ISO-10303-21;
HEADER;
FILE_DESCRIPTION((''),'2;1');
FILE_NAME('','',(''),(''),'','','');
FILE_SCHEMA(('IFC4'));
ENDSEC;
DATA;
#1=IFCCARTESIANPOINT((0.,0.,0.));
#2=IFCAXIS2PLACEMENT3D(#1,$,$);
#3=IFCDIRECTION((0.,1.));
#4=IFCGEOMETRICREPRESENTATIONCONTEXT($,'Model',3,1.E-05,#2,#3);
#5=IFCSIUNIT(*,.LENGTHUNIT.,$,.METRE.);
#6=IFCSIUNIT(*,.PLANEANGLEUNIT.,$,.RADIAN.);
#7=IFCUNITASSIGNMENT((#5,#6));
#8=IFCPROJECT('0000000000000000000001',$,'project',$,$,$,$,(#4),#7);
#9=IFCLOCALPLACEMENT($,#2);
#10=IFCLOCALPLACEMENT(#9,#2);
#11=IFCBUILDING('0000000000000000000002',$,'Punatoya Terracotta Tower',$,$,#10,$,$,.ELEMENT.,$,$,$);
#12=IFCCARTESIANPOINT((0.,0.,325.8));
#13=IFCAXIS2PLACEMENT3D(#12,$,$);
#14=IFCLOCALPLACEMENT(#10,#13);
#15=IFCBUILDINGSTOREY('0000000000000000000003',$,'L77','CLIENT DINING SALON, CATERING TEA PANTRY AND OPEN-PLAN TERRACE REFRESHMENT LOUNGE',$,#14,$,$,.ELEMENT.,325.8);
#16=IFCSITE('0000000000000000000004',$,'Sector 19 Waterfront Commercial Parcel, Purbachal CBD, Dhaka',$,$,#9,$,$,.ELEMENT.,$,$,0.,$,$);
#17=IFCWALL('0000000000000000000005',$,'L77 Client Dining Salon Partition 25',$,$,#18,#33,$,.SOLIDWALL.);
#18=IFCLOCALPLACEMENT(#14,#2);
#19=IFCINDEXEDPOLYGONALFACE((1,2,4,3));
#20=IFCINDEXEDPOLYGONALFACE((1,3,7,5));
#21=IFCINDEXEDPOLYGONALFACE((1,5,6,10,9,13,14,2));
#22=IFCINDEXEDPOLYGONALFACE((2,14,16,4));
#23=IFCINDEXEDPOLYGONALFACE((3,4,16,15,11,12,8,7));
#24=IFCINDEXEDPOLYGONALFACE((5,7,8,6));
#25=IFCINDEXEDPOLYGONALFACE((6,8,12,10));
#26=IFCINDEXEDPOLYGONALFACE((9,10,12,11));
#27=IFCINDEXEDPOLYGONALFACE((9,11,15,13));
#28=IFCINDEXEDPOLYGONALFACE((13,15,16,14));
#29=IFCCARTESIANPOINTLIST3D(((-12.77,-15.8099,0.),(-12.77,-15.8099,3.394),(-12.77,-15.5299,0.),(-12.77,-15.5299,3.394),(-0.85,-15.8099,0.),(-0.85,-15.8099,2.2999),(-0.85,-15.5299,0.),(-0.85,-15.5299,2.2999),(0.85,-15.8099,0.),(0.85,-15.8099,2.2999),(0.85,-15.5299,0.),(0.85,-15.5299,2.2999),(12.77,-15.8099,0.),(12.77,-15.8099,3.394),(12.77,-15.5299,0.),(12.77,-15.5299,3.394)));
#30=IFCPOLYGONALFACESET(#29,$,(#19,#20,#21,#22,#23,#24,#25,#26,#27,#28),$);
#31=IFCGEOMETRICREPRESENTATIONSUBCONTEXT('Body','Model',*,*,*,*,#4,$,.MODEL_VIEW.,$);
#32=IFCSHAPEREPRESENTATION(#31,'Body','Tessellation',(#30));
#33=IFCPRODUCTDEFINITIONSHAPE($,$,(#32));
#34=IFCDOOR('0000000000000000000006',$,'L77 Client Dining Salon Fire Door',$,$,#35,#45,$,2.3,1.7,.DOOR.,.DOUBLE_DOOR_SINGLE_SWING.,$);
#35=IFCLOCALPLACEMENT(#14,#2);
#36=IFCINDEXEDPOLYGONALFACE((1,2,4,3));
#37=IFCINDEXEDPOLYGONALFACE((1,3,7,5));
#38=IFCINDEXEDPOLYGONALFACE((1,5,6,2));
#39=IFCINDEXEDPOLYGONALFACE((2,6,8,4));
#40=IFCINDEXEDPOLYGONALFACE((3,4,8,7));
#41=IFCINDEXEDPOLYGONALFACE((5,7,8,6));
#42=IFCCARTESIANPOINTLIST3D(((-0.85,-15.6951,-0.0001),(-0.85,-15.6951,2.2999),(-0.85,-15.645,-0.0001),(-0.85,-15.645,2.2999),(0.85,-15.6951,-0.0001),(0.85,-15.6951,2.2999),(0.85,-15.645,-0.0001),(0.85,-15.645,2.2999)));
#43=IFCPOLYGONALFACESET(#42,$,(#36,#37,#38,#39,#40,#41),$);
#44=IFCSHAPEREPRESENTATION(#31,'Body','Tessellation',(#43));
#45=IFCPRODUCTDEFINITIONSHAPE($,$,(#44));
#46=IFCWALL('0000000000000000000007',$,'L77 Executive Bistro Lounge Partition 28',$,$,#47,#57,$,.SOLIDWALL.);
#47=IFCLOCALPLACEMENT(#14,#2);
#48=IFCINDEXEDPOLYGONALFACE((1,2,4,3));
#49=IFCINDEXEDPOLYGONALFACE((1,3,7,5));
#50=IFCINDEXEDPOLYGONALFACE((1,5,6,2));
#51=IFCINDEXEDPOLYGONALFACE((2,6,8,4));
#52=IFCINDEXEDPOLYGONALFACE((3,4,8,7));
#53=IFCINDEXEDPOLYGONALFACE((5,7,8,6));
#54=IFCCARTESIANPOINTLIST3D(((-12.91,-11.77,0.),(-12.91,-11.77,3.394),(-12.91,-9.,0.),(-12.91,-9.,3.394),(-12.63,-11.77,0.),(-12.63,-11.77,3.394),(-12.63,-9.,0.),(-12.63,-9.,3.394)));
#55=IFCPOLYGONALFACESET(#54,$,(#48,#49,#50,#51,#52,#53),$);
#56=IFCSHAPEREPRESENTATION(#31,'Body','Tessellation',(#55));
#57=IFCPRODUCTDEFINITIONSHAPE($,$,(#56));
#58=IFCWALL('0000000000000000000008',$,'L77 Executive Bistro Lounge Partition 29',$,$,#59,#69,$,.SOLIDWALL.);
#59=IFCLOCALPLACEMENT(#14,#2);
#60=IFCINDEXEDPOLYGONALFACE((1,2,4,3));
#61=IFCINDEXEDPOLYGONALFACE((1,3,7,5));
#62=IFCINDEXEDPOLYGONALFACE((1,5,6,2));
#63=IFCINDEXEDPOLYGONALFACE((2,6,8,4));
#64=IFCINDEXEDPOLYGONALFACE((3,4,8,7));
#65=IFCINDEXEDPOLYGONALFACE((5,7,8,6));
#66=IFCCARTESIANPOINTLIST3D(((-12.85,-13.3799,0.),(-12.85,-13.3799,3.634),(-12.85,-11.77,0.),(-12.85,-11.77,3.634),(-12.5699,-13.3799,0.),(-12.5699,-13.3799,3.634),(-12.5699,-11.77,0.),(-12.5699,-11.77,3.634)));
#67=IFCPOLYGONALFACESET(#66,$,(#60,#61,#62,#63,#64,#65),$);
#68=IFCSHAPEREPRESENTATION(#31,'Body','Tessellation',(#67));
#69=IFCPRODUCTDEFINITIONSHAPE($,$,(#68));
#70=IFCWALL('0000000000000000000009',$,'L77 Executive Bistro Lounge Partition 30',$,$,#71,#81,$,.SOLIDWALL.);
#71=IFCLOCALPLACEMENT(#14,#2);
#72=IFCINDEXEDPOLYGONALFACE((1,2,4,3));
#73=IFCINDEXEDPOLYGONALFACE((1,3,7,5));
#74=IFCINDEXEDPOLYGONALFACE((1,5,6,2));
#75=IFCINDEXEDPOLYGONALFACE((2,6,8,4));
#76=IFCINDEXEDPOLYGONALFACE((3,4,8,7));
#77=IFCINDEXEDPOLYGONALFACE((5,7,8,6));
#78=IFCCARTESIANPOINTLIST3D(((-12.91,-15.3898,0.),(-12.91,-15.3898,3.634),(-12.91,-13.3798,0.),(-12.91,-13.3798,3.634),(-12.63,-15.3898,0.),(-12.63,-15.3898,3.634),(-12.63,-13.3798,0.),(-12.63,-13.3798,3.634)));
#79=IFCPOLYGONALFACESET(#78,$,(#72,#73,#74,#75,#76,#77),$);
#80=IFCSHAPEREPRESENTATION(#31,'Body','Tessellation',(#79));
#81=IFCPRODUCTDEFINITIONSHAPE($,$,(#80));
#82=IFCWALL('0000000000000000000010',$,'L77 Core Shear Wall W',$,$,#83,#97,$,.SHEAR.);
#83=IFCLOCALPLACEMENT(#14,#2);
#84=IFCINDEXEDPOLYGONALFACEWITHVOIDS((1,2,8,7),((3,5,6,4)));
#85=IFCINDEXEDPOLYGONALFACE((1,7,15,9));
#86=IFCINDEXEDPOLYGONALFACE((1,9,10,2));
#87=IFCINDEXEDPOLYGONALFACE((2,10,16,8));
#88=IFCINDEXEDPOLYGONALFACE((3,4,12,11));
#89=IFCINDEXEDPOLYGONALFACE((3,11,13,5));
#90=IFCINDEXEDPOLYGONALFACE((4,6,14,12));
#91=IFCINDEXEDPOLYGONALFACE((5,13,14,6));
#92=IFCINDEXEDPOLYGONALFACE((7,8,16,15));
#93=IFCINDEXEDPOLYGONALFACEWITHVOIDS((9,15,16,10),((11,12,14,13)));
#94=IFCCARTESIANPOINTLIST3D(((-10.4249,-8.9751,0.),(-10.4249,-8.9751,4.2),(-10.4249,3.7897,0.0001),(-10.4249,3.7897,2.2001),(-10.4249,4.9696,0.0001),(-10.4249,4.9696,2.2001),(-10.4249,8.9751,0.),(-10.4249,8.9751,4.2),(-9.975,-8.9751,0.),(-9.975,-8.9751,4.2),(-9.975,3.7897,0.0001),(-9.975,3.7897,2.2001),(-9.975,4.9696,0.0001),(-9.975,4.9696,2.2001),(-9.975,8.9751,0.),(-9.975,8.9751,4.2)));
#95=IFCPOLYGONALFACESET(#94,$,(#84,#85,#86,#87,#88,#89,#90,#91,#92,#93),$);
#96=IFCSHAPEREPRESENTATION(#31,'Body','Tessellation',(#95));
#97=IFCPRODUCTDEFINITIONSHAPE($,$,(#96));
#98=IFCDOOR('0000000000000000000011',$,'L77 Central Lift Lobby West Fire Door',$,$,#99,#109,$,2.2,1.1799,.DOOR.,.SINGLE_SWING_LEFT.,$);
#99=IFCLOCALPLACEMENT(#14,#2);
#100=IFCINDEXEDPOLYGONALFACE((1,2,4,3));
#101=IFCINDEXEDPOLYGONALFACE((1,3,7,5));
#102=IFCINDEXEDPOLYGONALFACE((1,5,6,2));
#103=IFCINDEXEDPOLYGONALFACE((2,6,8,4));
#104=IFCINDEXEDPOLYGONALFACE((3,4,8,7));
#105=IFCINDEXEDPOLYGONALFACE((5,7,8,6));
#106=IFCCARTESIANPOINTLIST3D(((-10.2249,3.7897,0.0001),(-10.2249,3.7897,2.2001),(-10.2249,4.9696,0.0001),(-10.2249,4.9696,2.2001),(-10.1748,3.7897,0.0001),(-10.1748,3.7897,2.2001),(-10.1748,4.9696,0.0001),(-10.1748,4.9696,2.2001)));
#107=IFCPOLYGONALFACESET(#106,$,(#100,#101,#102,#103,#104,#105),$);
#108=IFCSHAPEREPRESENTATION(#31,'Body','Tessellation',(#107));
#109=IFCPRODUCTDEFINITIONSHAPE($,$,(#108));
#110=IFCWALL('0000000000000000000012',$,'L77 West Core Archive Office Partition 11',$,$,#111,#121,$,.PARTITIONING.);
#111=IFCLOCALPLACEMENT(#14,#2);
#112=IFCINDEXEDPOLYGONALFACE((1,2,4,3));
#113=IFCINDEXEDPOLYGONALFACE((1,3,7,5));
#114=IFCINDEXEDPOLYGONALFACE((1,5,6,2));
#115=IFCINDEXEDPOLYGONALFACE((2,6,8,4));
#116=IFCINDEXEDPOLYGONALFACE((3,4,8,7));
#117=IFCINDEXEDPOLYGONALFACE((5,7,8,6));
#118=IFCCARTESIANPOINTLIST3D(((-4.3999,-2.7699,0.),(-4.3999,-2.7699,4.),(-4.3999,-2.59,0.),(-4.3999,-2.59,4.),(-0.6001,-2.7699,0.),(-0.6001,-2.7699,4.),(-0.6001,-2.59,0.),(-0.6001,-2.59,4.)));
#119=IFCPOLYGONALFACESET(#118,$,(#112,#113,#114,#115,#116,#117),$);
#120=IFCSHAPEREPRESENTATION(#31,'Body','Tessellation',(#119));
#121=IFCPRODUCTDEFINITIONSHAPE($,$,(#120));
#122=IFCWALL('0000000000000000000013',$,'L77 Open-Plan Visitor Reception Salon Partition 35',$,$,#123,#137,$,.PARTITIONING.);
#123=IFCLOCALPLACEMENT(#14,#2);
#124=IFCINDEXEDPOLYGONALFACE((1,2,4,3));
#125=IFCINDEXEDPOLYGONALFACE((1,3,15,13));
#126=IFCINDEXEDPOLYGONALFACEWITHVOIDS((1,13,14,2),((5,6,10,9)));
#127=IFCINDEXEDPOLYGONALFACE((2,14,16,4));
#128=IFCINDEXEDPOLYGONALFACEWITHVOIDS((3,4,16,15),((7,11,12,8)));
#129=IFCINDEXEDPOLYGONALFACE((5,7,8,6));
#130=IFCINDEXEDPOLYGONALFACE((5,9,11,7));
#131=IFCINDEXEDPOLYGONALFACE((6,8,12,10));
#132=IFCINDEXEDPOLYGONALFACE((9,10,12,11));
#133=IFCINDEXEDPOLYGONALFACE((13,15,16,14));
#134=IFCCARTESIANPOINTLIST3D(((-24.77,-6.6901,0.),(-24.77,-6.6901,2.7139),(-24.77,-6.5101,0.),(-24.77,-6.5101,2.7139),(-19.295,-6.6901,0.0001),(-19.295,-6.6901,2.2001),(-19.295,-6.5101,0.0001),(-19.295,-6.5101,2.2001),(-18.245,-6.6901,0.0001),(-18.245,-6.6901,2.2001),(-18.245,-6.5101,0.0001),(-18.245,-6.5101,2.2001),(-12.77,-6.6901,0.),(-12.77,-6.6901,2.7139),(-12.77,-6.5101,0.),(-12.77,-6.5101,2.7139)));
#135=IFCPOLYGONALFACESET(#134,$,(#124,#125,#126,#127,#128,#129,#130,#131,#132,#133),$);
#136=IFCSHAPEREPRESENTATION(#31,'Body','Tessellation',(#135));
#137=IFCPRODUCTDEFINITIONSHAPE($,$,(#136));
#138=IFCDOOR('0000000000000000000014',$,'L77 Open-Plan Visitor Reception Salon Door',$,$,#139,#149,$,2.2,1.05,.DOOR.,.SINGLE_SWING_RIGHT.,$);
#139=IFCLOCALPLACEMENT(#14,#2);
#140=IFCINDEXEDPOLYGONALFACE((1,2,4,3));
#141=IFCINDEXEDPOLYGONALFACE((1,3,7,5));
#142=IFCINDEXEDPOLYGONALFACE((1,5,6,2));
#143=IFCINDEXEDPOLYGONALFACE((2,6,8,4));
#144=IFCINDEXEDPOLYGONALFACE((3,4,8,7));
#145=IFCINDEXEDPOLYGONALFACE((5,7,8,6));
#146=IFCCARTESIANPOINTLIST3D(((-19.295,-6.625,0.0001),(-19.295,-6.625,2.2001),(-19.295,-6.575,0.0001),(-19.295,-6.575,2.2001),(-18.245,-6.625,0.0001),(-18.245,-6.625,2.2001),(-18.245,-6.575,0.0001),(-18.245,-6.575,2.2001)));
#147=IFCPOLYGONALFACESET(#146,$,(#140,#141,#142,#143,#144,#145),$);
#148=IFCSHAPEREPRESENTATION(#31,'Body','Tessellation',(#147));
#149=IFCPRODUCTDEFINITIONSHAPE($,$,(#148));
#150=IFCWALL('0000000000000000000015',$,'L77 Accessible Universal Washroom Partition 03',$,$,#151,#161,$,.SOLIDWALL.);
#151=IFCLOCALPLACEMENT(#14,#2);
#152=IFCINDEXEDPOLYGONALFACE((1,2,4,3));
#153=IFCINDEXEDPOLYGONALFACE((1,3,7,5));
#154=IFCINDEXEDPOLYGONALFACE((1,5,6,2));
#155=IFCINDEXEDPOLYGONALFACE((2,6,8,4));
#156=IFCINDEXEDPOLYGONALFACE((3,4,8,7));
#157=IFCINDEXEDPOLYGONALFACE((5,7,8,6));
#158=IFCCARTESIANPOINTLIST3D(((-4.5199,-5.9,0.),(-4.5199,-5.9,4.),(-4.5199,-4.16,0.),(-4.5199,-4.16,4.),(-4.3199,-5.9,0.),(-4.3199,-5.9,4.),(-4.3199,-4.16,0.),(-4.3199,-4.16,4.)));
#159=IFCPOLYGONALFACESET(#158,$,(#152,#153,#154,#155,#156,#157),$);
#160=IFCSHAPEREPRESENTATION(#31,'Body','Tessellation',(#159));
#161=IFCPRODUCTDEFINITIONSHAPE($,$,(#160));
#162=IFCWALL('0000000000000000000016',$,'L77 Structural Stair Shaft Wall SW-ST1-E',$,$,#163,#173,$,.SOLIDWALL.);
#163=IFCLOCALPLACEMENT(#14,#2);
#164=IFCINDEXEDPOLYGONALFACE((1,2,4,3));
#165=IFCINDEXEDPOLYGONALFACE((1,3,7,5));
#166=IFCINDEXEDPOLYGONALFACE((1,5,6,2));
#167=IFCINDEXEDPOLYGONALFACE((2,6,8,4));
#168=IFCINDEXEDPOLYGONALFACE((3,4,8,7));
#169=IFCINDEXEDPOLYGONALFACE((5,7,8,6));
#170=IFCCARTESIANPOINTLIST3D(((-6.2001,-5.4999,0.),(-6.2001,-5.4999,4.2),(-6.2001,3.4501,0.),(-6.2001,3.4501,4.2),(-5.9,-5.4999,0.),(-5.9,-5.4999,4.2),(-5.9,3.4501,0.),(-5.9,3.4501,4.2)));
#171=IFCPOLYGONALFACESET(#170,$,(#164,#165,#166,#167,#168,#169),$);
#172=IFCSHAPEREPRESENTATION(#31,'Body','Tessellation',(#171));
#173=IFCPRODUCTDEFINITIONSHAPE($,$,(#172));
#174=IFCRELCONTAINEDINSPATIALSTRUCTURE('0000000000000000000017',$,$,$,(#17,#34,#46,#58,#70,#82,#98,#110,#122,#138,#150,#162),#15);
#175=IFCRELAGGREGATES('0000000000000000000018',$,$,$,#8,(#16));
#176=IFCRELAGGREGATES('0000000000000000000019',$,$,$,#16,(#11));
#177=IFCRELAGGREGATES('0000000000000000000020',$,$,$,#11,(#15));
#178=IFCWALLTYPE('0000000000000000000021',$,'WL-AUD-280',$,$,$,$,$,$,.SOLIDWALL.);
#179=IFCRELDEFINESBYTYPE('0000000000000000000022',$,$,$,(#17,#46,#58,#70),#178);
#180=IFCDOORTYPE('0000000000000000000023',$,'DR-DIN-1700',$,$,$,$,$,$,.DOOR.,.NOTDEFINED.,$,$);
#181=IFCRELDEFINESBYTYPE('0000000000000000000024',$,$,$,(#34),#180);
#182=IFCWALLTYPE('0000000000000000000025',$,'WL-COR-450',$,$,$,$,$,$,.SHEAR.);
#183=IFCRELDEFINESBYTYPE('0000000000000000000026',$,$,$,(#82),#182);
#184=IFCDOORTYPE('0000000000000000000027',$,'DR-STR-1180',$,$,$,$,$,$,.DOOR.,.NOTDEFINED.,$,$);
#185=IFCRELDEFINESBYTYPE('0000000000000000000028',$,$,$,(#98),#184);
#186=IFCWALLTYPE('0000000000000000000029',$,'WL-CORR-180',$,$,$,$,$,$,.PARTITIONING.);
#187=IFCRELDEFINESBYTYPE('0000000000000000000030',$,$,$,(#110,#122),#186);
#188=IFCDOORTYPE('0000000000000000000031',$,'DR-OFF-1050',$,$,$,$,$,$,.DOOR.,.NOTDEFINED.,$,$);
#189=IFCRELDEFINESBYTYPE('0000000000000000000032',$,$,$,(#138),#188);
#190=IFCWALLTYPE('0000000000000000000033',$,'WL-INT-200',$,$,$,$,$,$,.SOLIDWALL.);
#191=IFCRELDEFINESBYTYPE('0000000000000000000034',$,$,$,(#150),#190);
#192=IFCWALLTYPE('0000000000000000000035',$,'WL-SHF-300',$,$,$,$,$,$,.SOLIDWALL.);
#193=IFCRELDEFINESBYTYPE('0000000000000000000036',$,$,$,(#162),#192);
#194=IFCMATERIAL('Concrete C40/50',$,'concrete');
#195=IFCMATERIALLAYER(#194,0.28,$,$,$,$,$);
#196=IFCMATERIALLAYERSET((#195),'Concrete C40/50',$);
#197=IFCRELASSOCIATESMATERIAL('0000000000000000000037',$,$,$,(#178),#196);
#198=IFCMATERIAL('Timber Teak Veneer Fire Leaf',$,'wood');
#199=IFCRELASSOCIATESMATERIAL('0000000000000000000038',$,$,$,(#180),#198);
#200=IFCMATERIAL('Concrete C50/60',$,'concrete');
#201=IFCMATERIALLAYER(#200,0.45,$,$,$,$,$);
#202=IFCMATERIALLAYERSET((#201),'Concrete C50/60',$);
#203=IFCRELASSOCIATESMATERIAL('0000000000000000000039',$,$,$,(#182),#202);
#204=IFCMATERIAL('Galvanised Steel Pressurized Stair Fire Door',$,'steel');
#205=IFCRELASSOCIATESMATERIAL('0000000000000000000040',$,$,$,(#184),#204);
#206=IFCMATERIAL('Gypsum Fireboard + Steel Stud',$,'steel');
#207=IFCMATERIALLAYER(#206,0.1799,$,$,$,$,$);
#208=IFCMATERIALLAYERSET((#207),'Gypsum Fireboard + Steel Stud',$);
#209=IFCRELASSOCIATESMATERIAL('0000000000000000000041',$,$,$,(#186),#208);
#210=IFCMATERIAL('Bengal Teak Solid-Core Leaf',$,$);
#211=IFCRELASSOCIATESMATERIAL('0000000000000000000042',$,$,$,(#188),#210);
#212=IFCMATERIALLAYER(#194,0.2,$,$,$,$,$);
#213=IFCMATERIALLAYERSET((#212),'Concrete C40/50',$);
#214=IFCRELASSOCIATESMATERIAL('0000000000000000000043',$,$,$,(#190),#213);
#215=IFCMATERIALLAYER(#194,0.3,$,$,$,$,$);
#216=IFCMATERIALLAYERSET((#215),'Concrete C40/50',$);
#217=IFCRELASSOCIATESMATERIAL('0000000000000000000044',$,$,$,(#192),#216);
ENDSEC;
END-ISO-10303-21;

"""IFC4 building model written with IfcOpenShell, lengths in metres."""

from ifc_helpers import new_model, si_unit, direction, frame, frame_2d, origin, place, context, subcontext, project, spatial, rectangle, extrude, material, layer, layer_set, type_object, element, fill, save


model = new_model("IFC4")

# Units and contexts
model_context = context("Model", 3, precision=1e-05, world=origin(), true_north=direction((0.0, 1.0)))
body_context = subcontext(model_context, "Body", "Model", "MODEL_VIEW")
ifc_project = project(units=[si_unit("LENGTHUNIT", "METRE"), si_unit("PLANEANGLEUNIT", "RADIAN")], contexts=[model_context])

# Site, building, storey
site_placement = place(None, origin())
site = spatial("IfcSite", under=ifc_project, at=site_placement, Name="Sector 19 Waterfront Commercial Parcel, Purbachal CBD, Dhaka", CompositionType="ELEMENT", RefElevation=0.0)
building_placement = place(site_placement, origin())
building = spatial("IfcBuilding", under=site, at=building_placement, Name="Punatoya Terracotta Tower", CompositionType="ELEMENT")
storey_placement = place(building_placement, frame((0.0, 0.0, 325.8)))
storey = spatial("IfcBuildingStorey", under=building, at=storey_placement, Name="L77", Description="CLIENT DINING SALON, CATERING TEA PANTRY AND OPEN-PLAN TERRACE REFRESHMENT LOUNGE", CompositionType="ELEMENT", Elevation=325.8)

# Shared definitions
ifc_material_1 = material(Name="Concrete C50/60", Category="concrete")

# Wall, opening, door
ifc_material_2 = material(Name="Concrete C40/50", Category="concrete")
ifc_layer_1 = layer(ifc_material_2, 0.28)
ifc_layer_set_1 = layer_set([ifc_layer_1], Name="Concrete C40/50")
wall_type_1 = type_object("IfcWallType", Name="WL-AUD-280", PredefinedType="SOLIDWALL", material=ifc_layer_set_1)
wall_1_placement = place(storey_placement, frame((-12.77, -15.6699, 0.0), z_axis=(0.0, 0.0, 1.0), x_axis=(1.0, 0.0, 0.0)))
wall_1 = element("IfcWall", 1, at=wall_1_placement, inside=storey, type_object=wall_type_1, Name="L77 Client Dining Salon Partition 25", PredefinedType="SOLIDWALL", context=body_context, shape_type="SweptSolid", body=[
    extrude(rectangle(XDim=25.54, YDim=0.28, at=frame_2d((12.77, 0.0))), origin(), (0.0, 0.0, 1.0), 3.394),
])
opening_1_placement = place(wall_1_placement, frame((11.9199, 0.0, 0.0)))
opening_1 = element("IfcOpeningElement", 2, at=opening_1_placement, cuts=wall_1, PredefinedType="OPENING", context=body_context, shape_type="SweptSolid", body=[
    extrude(rectangle(XDim=1.7, YDim=2.3, at=frame_2d((0.8501, 1.1499))), frame((0.0, 0.1499, 0.0), z_axis=(0.0, -1.0, 0.0), x_axis=(1.0, 0.0, 0.0)), (0.0, 0.0, 1.0), 0.3),
])
ifc_material_3 = material(Name="Timber Teak Veneer Fire Leaf", Category="wood")
door_type_1 = type_object("IfcDoorType", Name="DR-DIN-1700", OperationType="NOTDEFINED", PredefinedType="DOOR", material=ifc_material_3)
door_1_placement = place(opening_1_placement, origin())
door_1 = element("IfcDoor", 3, at=door_1_placement, inside=storey, type_object=door_type_1, Name="L77 Client Dining Salon Fire Door", OperationType="DOUBLE_DOOR_SINGLE_SWING", OverallHeight=2.3, OverallWidth=1.7, PredefinedType="DOOR", context=body_context, shape_type="SweptSolid", body=[
    extrude(rectangle(XDim=1.7, YDim=2.3, at=frame_2d((0.8501, 1.1499))), frame((0.0, 0.0249, 0.0), z_axis=(0.0, -1.0, 0.0), x_axis=(1.0, 0.0, 0.0)), (0.0, 0.0, 1.0), 0.05),
])
fill(opening_1, door_1)

# Walls
wall_2_placement = place(storey_placement, frame((-12.77, -9.0, 0.0), z_axis=(0.0, 0.0, 1.0), x_axis=(0.0, -1.0, 0.0)))
element("IfcWall", 4, at=wall_2_placement, inside=storey, type_object=wall_type_1, Name="L77 Executive Bistro Lounge Partition 28", PredefinedType="SOLIDWALL", context=body_context, shape_type="SweptSolid", body=[
    extrude(rectangle(XDim=2.77, YDim=0.28, at=frame_2d((1.385, 0.0))), origin(), (0.0, 0.0, 1.0), 3.394),
])
wall_3_placement = place(storey_placement, frame((-12.71, -11.77, 0.0), z_axis=(0.0, 0.0, 1.0), x_axis=(0.0, -1.0, 0.0)))
element("IfcWall", 5, at=wall_3_placement, inside=storey, type_object=wall_type_1, Name="L77 Executive Bistro Lounge Partition 29", PredefinedType="SOLIDWALL", context=body_context, shape_type="SweptSolid", body=[
    extrude(rectangle(XDim=1.6099, YDim=0.28, at=frame_2d((0.8049, 0.0))), origin(), (0.0, 0.0, 1.0), 3.634),
])
wall_4_placement = place(storey_placement, frame((-12.77, -13.3799, 0.0), z_axis=(0.0, 0.0, 1.0), x_axis=(0.0, -1.0, 0.0)))
element("IfcWall", 6, at=wall_4_placement, inside=storey, type_object=wall_type_1, Name="L77 Executive Bistro Lounge Partition 30", PredefinedType="SOLIDWALL", context=body_context, shape_type="SweptSolid", body=[
    extrude(rectangle(XDim=2.01, YDim=0.28, at=frame_2d((1.0049, 0.0))), origin(), (0.0, 0.0, 1.0), 3.634),
])

# Wall, opening, door
ifc_layer_2 = layer(ifc_material_1, 0.45)
ifc_layer_set_2 = layer_set([ifc_layer_2], Name="Concrete C50/60")
wall_type_2 = type_object("IfcWallType", Name="WL-COR-450", PredefinedType="SHEAR", material=ifc_layer_set_2)
wall_5_placement = place(storey_placement, frame((-10.2, -8.9751, 0.0), z_axis=(0.0, 0.0, 1.0), x_axis=(0.0, 1.0, 0.0)))
wall_5 = element("IfcWall", 7, at=wall_5_placement, inside=storey, type_object=wall_type_2, Name="L77 Core Shear Wall W", PredefinedType="SHEAR", context=body_context, shape_type="SweptSolid", body=[
    extrude(rectangle(XDim=17.9502, YDim=0.45, at=frame_2d((8.9751, 0.0))), origin(), (0.0, 0.0, 1.0), 4.2),
])
opening_2_placement = place(wall_5_placement, frame((12.7649, 0.0, 0.0)))
opening_2 = element("IfcOpeningElement", 8, at=opening_2_placement, cuts=wall_5, PredefinedType="OPENING", context=body_context, shape_type="SweptSolid", body=[
    extrude(rectangle(XDim=1.1799, YDim=2.2, at=frame_2d((0.5898, 1.1001))), frame((0.0, 0.2349, 0.0), z_axis=(0.0, -1.0, 0.0), x_axis=(1.0, 0.0, 0.0)), (0.0, 0.0, 1.0), 0.47),
])
ifc_material_4 = material(Name="Galvanised Steel Pressurized Stair Fire Door", Category="steel")
door_type_2 = type_object("IfcDoorType", Name="DR-STR-1180", OperationType="NOTDEFINED", PredefinedType="DOOR", material=ifc_material_4)
door_2_placement = place(opening_2_placement, origin())
door_2 = element("IfcDoor", 9, at=door_2_placement, inside=storey, type_object=door_type_2, Name="L77 Central Lift Lobby West Fire Door", OperationType="SINGLE_SWING_LEFT", OverallHeight=2.2, OverallWidth=1.1799, PredefinedType="DOOR", context=body_context, shape_type="SweptSolid", body=[
    extrude(rectangle(XDim=1.1799, YDim=2.2, at=frame_2d((0.5898, 1.1001))), frame((0.0, 0.0249, 0.0), z_axis=(0.0, -1.0, 0.0), x_axis=(1.0, 0.0, 0.0)), (0.0, 0.0, 1.0), 0.05),
])
fill(opening_2, door_2)

# Wall
ifc_material_5 = material(Name="Gypsum Fireboard + Steel Stud", Category="steel")
ifc_layer_3 = layer(ifc_material_5, 0.1799)
ifc_layer_set_3 = layer_set([ifc_layer_3], Name="Gypsum Fireboard + Steel Stud")
wall_type_3 = type_object("IfcWallType", Name="WL-CORR-180", PredefinedType="PARTITIONING", material=ifc_layer_set_3)
wall_6_placement = place(storey_placement, frame((-4.3999, -2.6799, 0.0), z_axis=(0.0, 0.0, 1.0), x_axis=(1.0, 0.0, 0.0)))
element("IfcWall", 10, at=wall_6_placement, inside=storey, type_object=wall_type_3, Name="L77 West Core Archive Office Partition 11", PredefinedType="PARTITIONING", context=body_context, shape_type="SweptSolid", body=[
    extrude(rectangle(XDim=3.7998, YDim=0.1799, at=frame_2d((1.8999, 0.0))), origin(), (0.0, 0.0, 1.0), 4.0),
])

# Wall, opening, door
wall_7_placement = place(storey_placement, frame((-12.77, -6.6001, 0.0), z_axis=(0.0, 0.0, 1.0), x_axis=(-1.0, 0.0, 0.0)))
wall_7 = element("IfcWall", 11, at=wall_7_placement, inside=storey, type_object=wall_type_3, Name="L77 Open-Plan Visitor Reception Salon Partition 35", PredefinedType="PARTITIONING", context=body_context, shape_type="SweptSolid", body=[
    extrude(rectangle(XDim=12.0, YDim=0.1799, at=frame_2d((6.0, 0.0))), origin(), (0.0, 0.0, 1.0), 2.7139),
])
opening_3_placement = place(wall_7_placement, frame((5.4751, 0.0, 0.0)))
opening_3 = element("IfcOpeningElement", 12, at=opening_3_placement, cuts=wall_7, PredefinedType="OPENING", context=body_context, shape_type="SweptSolid", body=[
    extrude(rectangle(XDim=1.05, YDim=2.2, at=frame_2d((0.5249, 1.1001))), frame((0.0, 0.0999, 0.0), z_axis=(0.0, -1.0, 0.0), x_axis=(1.0, 0.0, 0.0)), (0.0, 0.0, 1.0), 0.2),
])
ifc_material_6 = material(Name="Bengal Teak Solid-Core Leaf")
door_type_3 = type_object("IfcDoorType", Name="DR-OFF-1050", OperationType="NOTDEFINED", PredefinedType="DOOR", material=ifc_material_6)
door_3_placement = place(opening_3_placement, origin())
door_3 = element("IfcDoor", 13, at=door_3_placement, inside=storey, type_object=door_type_3, Name="L77 Open-Plan Visitor Reception Salon Door", OperationType="SINGLE_SWING_RIGHT", OverallHeight=2.2, OverallWidth=1.05, PredefinedType="DOOR", context=body_context, shape_type="SweptSolid", body=[
    extrude(rectangle(XDim=1.05, YDim=2.2, at=frame_2d((0.5249, 1.1001))), frame((0.0, 0.0249, 0.0), z_axis=(0.0, -1.0, 0.0), x_axis=(1.0, 0.0, 0.0)), (0.0, 0.0, 1.0), 0.05),
])
fill(opening_3, door_3)

# Walls
ifc_layer_4 = layer(ifc_material_2, 0.2)
ifc_layer_set_4 = layer_set([ifc_layer_4], Name="Concrete C40/50")
wall_type_4 = type_object("IfcWallType", Name="WL-INT-200", PredefinedType="SOLIDWALL", material=ifc_layer_set_4)
wall_8_placement = place(storey_placement, frame((-4.4199, -4.1599, 0.0), z_axis=(0.0, 0.0, 1.0), x_axis=(0.0, -1.0, 0.0)))
element("IfcWall", 14, at=wall_8_placement, inside=storey, type_object=wall_type_4, Name="L77 Accessible Universal Washroom Partition 03", PredefinedType="SOLIDWALL", context=body_context, shape_type="SweptSolid", body=[
    extrude(rectangle(XDim=1.74, YDim=0.2, at=frame_2d((0.8701, 0.0))), origin(), (0.0, 0.0, 1.0), 4.0),
])
ifc_layer_5 = layer(ifc_material_2, 0.3)
ifc_layer_set_5 = layer_set([ifc_layer_5], Name="Concrete C40/50")
wall_type_5 = type_object("IfcWallType", Name="WL-SHF-300", PredefinedType="SOLIDWALL", material=ifc_layer_set_5)
wall_9_placement = place(storey_placement, frame((-6.05, -5.5, 0.0), z_axis=(0.0, 0.0, 1.0), x_axis=(0.0, 1.0, 0.0)))
element("IfcWall", 15, at=wall_9_placement, inside=storey, type_object=wall_type_5, Name="L77 Structural Stair Shaft Wall SW-ST1-E", PredefinedType="SOLIDWALL", context=body_context, shape_type="SweptSolid", body=[
    extrude(rectangle(XDim=8.95, YDim=0.3, at=frame_2d((4.4751, 0.0))), origin(), (0.0, 0.0, 1.0), 4.2),
])

save(model, "model.ifc")
